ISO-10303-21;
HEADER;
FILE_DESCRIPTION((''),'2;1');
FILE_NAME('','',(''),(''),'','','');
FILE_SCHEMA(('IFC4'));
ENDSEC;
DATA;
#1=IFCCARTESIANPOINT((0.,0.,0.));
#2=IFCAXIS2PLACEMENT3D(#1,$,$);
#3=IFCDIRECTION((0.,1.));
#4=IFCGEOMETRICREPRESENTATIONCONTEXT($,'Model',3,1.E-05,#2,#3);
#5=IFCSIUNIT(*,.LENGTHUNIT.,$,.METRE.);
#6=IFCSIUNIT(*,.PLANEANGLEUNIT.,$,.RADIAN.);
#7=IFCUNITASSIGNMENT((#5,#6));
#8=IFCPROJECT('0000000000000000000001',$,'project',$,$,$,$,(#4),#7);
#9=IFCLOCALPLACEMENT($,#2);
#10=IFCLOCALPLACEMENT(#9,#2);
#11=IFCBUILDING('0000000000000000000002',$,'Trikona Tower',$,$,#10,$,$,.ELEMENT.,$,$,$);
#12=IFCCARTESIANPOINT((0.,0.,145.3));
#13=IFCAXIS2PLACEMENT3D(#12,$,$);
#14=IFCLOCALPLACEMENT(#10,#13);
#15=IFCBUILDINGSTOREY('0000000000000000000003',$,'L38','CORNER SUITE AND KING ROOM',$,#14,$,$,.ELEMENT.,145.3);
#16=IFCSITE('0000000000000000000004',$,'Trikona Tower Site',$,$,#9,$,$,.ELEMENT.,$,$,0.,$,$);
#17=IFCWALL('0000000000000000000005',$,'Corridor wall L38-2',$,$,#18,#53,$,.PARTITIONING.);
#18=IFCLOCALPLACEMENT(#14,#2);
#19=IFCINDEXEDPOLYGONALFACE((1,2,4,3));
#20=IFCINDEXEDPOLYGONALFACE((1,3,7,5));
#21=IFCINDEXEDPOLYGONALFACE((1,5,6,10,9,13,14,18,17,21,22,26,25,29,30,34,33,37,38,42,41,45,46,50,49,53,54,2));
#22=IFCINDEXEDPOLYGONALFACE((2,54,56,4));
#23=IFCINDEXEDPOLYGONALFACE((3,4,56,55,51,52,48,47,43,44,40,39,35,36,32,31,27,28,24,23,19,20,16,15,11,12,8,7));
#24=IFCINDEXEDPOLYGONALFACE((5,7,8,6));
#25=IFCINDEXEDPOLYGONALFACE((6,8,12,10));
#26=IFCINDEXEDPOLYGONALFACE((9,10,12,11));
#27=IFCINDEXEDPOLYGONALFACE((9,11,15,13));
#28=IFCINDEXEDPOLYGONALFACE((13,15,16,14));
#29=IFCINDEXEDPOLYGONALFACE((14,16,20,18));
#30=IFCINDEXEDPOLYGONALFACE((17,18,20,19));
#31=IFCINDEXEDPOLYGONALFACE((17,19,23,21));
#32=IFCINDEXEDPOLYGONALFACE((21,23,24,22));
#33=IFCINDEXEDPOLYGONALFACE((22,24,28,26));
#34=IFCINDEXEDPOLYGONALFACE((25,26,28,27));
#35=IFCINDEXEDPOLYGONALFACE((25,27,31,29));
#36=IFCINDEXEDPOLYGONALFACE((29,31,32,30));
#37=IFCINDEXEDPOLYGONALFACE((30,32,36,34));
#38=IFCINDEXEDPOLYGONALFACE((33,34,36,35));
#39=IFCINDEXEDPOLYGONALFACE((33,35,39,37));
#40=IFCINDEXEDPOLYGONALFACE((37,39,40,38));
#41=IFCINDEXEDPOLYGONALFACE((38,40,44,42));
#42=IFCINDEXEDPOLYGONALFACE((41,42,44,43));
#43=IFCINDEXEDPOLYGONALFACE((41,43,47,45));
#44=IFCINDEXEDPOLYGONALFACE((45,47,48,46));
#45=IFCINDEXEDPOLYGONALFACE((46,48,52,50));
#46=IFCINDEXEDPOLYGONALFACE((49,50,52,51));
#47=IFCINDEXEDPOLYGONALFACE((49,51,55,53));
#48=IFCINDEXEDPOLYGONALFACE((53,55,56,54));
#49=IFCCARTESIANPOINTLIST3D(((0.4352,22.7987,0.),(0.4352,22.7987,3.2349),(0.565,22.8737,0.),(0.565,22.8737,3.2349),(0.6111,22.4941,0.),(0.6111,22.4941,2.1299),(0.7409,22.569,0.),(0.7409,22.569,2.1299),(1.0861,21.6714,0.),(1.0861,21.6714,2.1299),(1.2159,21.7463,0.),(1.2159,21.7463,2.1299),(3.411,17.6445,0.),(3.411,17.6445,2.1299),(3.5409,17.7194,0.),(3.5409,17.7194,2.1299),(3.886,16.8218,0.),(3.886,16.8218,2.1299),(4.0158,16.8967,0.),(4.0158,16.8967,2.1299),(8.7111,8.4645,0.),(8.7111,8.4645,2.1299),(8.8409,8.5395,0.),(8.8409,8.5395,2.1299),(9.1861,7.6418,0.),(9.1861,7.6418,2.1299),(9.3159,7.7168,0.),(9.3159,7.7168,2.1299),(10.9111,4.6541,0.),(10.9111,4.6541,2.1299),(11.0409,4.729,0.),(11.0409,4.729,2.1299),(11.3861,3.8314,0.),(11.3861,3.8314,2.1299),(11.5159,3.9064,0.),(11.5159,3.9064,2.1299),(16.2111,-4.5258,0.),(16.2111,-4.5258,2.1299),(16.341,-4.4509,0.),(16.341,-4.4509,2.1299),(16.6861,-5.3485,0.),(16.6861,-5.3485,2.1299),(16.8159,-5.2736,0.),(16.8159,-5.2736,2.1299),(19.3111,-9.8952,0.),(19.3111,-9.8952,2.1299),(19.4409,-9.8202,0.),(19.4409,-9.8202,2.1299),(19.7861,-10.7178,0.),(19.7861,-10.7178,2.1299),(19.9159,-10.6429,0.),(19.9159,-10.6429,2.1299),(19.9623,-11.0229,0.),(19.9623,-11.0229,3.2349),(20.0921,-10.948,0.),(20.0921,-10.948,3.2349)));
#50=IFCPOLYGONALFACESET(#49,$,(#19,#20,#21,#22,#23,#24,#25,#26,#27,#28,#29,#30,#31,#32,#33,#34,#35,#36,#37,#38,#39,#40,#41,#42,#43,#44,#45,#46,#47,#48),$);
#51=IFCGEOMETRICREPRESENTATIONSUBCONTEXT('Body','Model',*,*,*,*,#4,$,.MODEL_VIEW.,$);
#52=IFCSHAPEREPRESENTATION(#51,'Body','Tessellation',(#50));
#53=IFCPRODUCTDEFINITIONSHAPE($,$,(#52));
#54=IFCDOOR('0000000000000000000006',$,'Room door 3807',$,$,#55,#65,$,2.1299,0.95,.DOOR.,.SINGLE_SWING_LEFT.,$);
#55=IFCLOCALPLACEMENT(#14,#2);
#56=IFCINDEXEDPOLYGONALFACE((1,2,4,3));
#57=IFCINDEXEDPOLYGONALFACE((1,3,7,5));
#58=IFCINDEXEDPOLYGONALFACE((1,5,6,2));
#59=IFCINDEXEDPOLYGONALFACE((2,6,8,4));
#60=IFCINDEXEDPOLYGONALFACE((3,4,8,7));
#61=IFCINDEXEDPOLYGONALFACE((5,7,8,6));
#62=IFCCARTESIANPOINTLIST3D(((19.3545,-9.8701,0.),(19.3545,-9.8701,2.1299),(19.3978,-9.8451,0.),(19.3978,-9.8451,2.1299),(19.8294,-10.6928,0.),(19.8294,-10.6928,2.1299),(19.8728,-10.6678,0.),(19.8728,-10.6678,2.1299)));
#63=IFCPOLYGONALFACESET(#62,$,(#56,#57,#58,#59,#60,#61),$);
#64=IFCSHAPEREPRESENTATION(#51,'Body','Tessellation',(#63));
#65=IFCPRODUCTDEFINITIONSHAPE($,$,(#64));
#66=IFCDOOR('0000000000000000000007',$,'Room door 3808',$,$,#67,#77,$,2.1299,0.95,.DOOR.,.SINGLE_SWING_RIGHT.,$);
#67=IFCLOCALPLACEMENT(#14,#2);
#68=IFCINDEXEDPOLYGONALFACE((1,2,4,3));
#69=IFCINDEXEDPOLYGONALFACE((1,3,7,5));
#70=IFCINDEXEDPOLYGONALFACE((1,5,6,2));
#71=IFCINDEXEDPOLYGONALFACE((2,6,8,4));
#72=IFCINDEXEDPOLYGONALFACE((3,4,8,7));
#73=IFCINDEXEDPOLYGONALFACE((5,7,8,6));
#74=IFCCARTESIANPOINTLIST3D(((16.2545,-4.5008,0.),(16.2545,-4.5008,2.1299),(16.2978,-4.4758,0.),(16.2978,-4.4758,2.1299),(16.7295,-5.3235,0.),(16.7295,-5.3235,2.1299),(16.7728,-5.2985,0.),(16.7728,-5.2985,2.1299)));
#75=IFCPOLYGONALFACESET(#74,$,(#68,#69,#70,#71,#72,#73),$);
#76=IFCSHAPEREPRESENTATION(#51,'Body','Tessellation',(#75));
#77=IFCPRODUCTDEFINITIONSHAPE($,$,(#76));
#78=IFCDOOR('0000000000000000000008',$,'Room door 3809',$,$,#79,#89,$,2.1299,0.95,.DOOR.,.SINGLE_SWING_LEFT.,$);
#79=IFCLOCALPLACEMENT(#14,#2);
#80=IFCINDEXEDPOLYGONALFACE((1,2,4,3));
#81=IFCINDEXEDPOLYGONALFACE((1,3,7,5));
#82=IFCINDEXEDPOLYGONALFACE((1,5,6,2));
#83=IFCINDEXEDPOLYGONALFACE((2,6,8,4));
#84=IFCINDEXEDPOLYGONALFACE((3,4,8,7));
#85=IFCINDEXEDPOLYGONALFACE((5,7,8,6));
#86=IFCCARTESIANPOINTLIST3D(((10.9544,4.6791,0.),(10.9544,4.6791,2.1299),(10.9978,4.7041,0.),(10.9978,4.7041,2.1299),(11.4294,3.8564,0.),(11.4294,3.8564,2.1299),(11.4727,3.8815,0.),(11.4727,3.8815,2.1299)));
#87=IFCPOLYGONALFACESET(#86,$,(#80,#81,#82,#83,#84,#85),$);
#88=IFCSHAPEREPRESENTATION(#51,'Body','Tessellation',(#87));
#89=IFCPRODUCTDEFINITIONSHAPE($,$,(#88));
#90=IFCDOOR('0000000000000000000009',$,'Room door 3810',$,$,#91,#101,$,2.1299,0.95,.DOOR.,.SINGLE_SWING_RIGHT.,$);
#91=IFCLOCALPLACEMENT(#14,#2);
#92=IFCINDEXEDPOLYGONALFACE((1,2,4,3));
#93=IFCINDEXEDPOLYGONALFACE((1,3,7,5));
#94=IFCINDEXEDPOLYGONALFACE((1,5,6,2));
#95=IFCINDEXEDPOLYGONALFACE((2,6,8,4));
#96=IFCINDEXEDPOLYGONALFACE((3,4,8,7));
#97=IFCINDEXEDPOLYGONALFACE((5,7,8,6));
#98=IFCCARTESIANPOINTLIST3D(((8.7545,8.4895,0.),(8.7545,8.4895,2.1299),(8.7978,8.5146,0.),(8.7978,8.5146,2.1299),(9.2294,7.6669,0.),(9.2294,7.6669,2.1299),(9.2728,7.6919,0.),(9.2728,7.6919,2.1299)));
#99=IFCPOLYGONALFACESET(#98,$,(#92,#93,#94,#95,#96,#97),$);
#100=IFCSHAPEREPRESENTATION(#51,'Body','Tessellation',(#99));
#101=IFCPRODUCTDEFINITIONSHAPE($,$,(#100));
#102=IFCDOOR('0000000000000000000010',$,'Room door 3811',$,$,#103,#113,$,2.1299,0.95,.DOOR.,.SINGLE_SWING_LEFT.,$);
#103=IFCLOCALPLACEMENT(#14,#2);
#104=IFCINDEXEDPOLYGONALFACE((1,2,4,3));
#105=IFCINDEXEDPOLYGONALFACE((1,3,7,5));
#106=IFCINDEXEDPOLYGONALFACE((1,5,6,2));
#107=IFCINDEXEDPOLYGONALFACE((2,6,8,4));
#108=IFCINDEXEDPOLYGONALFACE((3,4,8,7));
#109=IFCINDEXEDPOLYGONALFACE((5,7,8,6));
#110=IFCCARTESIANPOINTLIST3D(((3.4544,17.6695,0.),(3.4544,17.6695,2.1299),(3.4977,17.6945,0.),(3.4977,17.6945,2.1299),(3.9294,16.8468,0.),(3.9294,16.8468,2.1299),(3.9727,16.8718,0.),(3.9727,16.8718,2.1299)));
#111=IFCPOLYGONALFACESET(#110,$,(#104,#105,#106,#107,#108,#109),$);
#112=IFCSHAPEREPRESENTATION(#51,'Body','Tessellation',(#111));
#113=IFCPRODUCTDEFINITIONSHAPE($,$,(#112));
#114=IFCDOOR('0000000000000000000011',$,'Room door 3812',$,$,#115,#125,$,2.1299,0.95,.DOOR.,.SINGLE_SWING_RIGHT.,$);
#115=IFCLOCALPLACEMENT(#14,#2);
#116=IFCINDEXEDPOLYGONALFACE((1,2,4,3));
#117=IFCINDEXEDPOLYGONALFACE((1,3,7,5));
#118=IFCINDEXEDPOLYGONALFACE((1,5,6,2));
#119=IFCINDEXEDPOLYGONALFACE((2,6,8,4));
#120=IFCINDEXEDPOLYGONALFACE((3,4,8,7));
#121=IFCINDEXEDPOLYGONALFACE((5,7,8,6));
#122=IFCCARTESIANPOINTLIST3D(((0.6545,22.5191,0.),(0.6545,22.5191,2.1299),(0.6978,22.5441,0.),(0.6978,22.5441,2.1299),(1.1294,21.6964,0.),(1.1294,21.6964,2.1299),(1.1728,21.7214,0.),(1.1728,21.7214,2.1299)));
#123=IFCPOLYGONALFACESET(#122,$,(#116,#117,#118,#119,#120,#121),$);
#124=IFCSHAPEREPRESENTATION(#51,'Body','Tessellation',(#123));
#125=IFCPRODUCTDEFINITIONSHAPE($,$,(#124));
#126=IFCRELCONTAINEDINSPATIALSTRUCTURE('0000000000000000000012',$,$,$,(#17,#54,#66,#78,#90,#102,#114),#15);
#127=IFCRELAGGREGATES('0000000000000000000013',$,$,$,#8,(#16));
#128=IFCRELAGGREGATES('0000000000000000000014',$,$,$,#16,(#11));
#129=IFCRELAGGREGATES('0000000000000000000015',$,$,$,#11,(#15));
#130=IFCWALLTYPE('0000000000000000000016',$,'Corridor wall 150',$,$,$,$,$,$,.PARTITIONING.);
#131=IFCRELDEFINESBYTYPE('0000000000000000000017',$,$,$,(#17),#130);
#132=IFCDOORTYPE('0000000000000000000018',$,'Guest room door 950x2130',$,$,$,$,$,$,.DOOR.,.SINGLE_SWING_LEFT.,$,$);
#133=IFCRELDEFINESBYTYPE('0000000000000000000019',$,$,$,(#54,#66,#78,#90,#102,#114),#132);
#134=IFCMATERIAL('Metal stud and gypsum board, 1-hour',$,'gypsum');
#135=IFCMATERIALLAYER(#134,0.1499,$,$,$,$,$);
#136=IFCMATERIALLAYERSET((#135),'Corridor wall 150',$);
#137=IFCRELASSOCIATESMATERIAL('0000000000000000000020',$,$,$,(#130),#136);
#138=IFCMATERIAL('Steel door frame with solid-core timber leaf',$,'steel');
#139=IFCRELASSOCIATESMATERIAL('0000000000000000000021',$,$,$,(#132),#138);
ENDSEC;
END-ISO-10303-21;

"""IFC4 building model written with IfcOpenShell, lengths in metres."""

from ifc_helpers import new_model, si_unit, direction, frame, frame_2d, origin, place, context, subcontext, project, spatial, rectangle, extrude, material, layer, layer_set, type_object, element, fill, save


model = new_model("IFC4")

# Units and contexts
model_context = context("Model", 3, precision=1e-05, world=origin(), true_north=direction((0.0, 1.0)))
body_context = subcontext(model_context, "Body", "Model", "MODEL_VIEW")
ifc_project = project(units=[si_unit("LENGTHUNIT", "METRE"), si_unit("PLANEANGLEUNIT", "RADIAN")], contexts=[model_context])

# Site, building, storey
site_placement = place(None, origin())
site = spatial("IfcSite", under=ifc_project, at=site_placement, Name="Trikona Tower Site", CompositionType="ELEMENT", RefElevation=0.0)
building_placement = place(site_placement, origin())
building = spatial("IfcBuilding", under=site, at=building_placement, Name="Trikona Tower", CompositionType="ELEMENT")
storey_placement = place(building_placement, frame((0.0, 0.0, 145.3)))
storey = spatial("IfcBuildingStorey", under=building, at=storey_placement, Name="L38", Description="CORNER SUITE AND KING ROOM", CompositionType="ELEMENT", Elevation=145.3)

# Wall, openings, doors
ifc_material_1 = material(Name="Metal stud and gypsum board, 1-hour", Category="gypsum")
ifc_layer_1 = layer(ifc_material_1, 0.1499)
ifc_layer_set_1 = layer_set([ifc_layer_1], Name="Corridor wall 150")
wall_type_1 = type_object("IfcWallType", Name="Corridor wall 150", PredefinedType="PARTITIONING", material=ifc_layer_set_1)
wall_1_placement = place(storey_placement, frame((20.0271, -10.9854, 0.0), z_axis=(0.0, 0.0, 1.0), x_axis=(-0.500002, 0.866024, 0.0)))
wall_1 = element("IfcWall", 1, at=wall_1_placement, inside=storey, type_object=wall_type_1, Name="Corridor wall L38-2", PredefinedType="PARTITIONING", context=body_context, shape_type="SweptSolid", body=[
    extrude(rectangle(XDim=39.054, YDim=0.1499, at=frame_2d((19.5269, 0.0))), origin(), (0.0, 0.0, 1.0), 3.2349),
])
opening_1_placement = place(wall_1_placement, frame((0.3521, 0.0, 0.0)))
opening_1 = element("IfcOpeningElement", 2, at=opening_1_placement, cuts=wall_1, PredefinedType="OPENING", context=body_context, shape_type="SweptSolid", body=[
    extrude(rectangle(XDim=0.95, YDim=2.1299, at=frame_2d((0.4751, 1.0649))), frame((0.0, 0.085, 0.0), z_axis=(0.0, -1.0, 0.0), x_axis=(1.0, 0.0, 0.0)), (0.0, 0.0, 1.0), 0.1699),
])
opening_2_placement = place(wall_1_placement, frame((6.552, 0.0, 0.0)))
opening_2 = element("IfcOpeningElement", 3, at=opening_2_placement, cuts=wall_1, PredefinedType="OPENING", context=body_context, shape_type="SweptSolid", body=[
    extrude(rectangle(XDim=0.95, YDim=2.1299, at=frame_2d((0.4751, 1.0649))), frame((0.0, 0.085, 0.0), z_axis=(0.0, -1.0, 0.0), x_axis=(1.0, 0.0, 0.0)), (0.0, 0.0, 1.0), 0.1699),
])
opening_3_placement = place(wall_1_placement, frame((17.1521, 0.0, 0.0)))
opening_3 = element("IfcOpeningElement", 4, at=opening_3_placement, cuts=wall_1, PredefinedType="OPENING", context=body_context, shape_type="SweptSolid", body=[
    extrude(rectangle(XDim=0.95, YDim=2.1299, at=frame_2d((0.4751, 1.0649))), frame((0.0, 0.085, 0.0), z_axis=(0.0, -1.0, 0.0), x_axis=(1.0, 0.0, 0.0)), (0.0, 0.0, 1.0), 0.1699),
])
opening_4_placement = place(wall_1_placement, frame((21.552, 0.0, 0.0)))
opening_4 = element("IfcOpeningElement", 5, at=opening_4_placement, cuts=wall_1, PredefinedType="OPENING", context=body_context, shape_type="SweptSolid", body=[
    extrude(rectangle(XDim=0.95, YDim=2.1299, at=frame_2d((0.4751, 1.0649))), frame((0.0, 0.085, 0.0), z_axis=(0.0, -1.0, 0.0), x_axis=(1.0, 0.0, 0.0)), (0.0, 0.0, 1.0), 0.1699),
])
opening_5_placement = place(wall_1_placement, frame((32.1521, 0.0, 0.0)))
opening_5 = element("IfcOpeningElement", 6, at=opening_5_placement, cuts=wall_1, PredefinedType="OPENING", context=body_context, shape_type="SweptSolid", body=[
    extrude(rectangle(XDim=0.95, YDim=2.1299, at=frame_2d((0.4751, 1.0649))), frame((0.0, 0.085, 0.0), z_axis=(0.0, -1.0, 0.0), x_axis=(1.0, 0.0, 0.0)), (0.0, 0.0, 1.0), 0.1699),
])
opening_6_placement = place(wall_1_placement, frame((37.752, 0.0, 0.0)))
opening_6 = element("IfcOpeningElement", 7, at=opening_6_placement, cuts=wall_1, PredefinedType="OPENING", context=body_context, shape_type="SweptSolid", body=[
    extrude(rectangle(XDim=0.95, YDim=2.1299, at=frame_2d((0.4751, 1.0649))), frame((0.0, 0.085, 0.0), z_axis=(0.0, -1.0, 0.0), x_axis=(1.0, 0.0, 0.0)), (0.0, 0.0, 1.0), 0.1699),
])
ifc_material_2 = material(Name="Steel door frame with solid-core timber leaf", Category="steel")
door_type_1 = type_object("IfcDoorType", Name="Guest room door 950x2130", OperationType="SINGLE_SWING_LEFT", PredefinedType="DOOR", material=ifc_material_2)
door_1_placement = place(opening_1_placement, origin())
door_1 = element("IfcDoor", 8, at=door_1_placement, inside=storey, type_object=door_type_1, Name="Room door 3807", OperationType="SINGLE_SWING_LEFT", OverallHeight=2.1299, OverallWidth=0.95, PredefinedType="DOOR", context=body_context, shape_type="SweptSolid", body=[
    extrude(rectangle(XDim=0.95, YDim=2.1299, at=frame_2d((0.4751, 1.0649))), frame((0.0, 0.0249, 0.0), z_axis=(0.0, -1.0, 0.0), x_axis=(1.0, 0.0, 0.0)), (0.0, 0.0, 1.0), 0.05),
])
fill(opening_1, door_1)
door_2_placement = place(opening_2_placement, origin())
door_2 = element("IfcDoor", 9, at=door_2_placement, inside=storey, type_object=door_type_1, Name="Room door 3808", OperationType="SINGLE_SWING_RIGHT", OverallHeight=2.1299, OverallWidth=0.95, PredefinedType="DOOR", context=body_context, shape_type="SweptSolid", body=[
    extrude(rectangle(XDim=0.95, YDim=2.1299, at=frame_2d((0.4751, 1.0649))), frame((0.0, 0.0249, 0.0), z_axis=(0.0, -1.0, 0.0), x_axis=(1.0, 0.0, 0.0)), (0.0, 0.0, 1.0), 0.05),
])
fill(opening_2, door_2)
door_3_placement = place(opening_3_placement, origin())
door_3 = element("IfcDoor", 10, at=door_3_placement, inside=storey, type_object=door_type_1, Name="Room door 3809", OperationType="SINGLE_SWING_LEFT", OverallHeight=2.1299, OverallWidth=0.95, PredefinedType="DOOR", context=body_context, shape_type="SweptSolid", body=[
    extrude(rectangle(XDim=0.95, YDim=2.1299, at=frame_2d((0.4751, 1.0649))), frame((0.0, 0.0249, 0.0), z_axis=(0.0, -1.0, 0.0), x_axis=(1.0, 0.0, 0.0)), (0.0, 0.0, 1.0), 0.05),
])
fill(opening_3, door_3)
door_4_placement = place(opening_4_placement, origin())
door_4 = element("IfcDoor", 11, at=door_4_placement, inside=storey, type_object=door_type_1, Name="Room door 3810", OperationType="SINGLE_SWING_RIGHT", OverallHeight=2.1299, OverallWidth=0.95, PredefinedType="DOOR", context=body_context, shape_type="SweptSolid", body=[
    extrude(rectangle(XDim=0.95, YDim=2.1299, at=frame_2d((0.4751, 1.0649))), frame((0.0, 0.0249, 0.0), z_axis=(0.0, -1.0, 0.0), x_axis=(1.0, 0.0, 0.0)), (0.0, 0.0, 1.0), 0.05),
])
fill(opening_4, door_4)
door_5_placement = place(opening_5_placement, origin())
door_5 = element("IfcDoor", 12, at=door_5_placement, inside=storey, type_object=door_type_1, Name="Room door 3811", OperationType="SINGLE_SWING_LEFT", OverallHeight=2.1299, OverallWidth=0.95, PredefinedType="DOOR", context=body_context, shape_type="SweptSolid", body=[
    extrude(rectangle(XDim=0.95, YDim=2.1299, at=frame_2d((0.4751, 1.0649))), frame((0.0, 0.0249, 0.0), z_axis=(0.0, -1.0, 0.0), x_axis=(1.0, 0.0, 0.0)), (0.0, 0.0, 1.0), 0.05),
])
fill(opening_5, door_5)
door_6_placement = place(opening_6_placement, origin())
door_6 = element("IfcDoor", 13, at=door_6_placement, inside=storey, type_object=door_type_1, Name="Room door 3812", OperationType="SINGLE_SWING_RIGHT", OverallHeight=2.1299, OverallWidth=0.95, PredefinedType="DOOR", context=body_context, shape_type="SweptSolid", body=[
    extrude(rectangle(XDim=0.95, YDim=2.1299, at=frame_2d((0.4751, 1.0649))), frame((0.0, 0.0249, 0.0), z_axis=(0.0, -1.0, 0.0), x_axis=(1.0, 0.0, 0.0)), (0.0, 0.0, 1.0), 0.05),
])
fill(opening_6, door_6)

save(model, "model.ifc")
